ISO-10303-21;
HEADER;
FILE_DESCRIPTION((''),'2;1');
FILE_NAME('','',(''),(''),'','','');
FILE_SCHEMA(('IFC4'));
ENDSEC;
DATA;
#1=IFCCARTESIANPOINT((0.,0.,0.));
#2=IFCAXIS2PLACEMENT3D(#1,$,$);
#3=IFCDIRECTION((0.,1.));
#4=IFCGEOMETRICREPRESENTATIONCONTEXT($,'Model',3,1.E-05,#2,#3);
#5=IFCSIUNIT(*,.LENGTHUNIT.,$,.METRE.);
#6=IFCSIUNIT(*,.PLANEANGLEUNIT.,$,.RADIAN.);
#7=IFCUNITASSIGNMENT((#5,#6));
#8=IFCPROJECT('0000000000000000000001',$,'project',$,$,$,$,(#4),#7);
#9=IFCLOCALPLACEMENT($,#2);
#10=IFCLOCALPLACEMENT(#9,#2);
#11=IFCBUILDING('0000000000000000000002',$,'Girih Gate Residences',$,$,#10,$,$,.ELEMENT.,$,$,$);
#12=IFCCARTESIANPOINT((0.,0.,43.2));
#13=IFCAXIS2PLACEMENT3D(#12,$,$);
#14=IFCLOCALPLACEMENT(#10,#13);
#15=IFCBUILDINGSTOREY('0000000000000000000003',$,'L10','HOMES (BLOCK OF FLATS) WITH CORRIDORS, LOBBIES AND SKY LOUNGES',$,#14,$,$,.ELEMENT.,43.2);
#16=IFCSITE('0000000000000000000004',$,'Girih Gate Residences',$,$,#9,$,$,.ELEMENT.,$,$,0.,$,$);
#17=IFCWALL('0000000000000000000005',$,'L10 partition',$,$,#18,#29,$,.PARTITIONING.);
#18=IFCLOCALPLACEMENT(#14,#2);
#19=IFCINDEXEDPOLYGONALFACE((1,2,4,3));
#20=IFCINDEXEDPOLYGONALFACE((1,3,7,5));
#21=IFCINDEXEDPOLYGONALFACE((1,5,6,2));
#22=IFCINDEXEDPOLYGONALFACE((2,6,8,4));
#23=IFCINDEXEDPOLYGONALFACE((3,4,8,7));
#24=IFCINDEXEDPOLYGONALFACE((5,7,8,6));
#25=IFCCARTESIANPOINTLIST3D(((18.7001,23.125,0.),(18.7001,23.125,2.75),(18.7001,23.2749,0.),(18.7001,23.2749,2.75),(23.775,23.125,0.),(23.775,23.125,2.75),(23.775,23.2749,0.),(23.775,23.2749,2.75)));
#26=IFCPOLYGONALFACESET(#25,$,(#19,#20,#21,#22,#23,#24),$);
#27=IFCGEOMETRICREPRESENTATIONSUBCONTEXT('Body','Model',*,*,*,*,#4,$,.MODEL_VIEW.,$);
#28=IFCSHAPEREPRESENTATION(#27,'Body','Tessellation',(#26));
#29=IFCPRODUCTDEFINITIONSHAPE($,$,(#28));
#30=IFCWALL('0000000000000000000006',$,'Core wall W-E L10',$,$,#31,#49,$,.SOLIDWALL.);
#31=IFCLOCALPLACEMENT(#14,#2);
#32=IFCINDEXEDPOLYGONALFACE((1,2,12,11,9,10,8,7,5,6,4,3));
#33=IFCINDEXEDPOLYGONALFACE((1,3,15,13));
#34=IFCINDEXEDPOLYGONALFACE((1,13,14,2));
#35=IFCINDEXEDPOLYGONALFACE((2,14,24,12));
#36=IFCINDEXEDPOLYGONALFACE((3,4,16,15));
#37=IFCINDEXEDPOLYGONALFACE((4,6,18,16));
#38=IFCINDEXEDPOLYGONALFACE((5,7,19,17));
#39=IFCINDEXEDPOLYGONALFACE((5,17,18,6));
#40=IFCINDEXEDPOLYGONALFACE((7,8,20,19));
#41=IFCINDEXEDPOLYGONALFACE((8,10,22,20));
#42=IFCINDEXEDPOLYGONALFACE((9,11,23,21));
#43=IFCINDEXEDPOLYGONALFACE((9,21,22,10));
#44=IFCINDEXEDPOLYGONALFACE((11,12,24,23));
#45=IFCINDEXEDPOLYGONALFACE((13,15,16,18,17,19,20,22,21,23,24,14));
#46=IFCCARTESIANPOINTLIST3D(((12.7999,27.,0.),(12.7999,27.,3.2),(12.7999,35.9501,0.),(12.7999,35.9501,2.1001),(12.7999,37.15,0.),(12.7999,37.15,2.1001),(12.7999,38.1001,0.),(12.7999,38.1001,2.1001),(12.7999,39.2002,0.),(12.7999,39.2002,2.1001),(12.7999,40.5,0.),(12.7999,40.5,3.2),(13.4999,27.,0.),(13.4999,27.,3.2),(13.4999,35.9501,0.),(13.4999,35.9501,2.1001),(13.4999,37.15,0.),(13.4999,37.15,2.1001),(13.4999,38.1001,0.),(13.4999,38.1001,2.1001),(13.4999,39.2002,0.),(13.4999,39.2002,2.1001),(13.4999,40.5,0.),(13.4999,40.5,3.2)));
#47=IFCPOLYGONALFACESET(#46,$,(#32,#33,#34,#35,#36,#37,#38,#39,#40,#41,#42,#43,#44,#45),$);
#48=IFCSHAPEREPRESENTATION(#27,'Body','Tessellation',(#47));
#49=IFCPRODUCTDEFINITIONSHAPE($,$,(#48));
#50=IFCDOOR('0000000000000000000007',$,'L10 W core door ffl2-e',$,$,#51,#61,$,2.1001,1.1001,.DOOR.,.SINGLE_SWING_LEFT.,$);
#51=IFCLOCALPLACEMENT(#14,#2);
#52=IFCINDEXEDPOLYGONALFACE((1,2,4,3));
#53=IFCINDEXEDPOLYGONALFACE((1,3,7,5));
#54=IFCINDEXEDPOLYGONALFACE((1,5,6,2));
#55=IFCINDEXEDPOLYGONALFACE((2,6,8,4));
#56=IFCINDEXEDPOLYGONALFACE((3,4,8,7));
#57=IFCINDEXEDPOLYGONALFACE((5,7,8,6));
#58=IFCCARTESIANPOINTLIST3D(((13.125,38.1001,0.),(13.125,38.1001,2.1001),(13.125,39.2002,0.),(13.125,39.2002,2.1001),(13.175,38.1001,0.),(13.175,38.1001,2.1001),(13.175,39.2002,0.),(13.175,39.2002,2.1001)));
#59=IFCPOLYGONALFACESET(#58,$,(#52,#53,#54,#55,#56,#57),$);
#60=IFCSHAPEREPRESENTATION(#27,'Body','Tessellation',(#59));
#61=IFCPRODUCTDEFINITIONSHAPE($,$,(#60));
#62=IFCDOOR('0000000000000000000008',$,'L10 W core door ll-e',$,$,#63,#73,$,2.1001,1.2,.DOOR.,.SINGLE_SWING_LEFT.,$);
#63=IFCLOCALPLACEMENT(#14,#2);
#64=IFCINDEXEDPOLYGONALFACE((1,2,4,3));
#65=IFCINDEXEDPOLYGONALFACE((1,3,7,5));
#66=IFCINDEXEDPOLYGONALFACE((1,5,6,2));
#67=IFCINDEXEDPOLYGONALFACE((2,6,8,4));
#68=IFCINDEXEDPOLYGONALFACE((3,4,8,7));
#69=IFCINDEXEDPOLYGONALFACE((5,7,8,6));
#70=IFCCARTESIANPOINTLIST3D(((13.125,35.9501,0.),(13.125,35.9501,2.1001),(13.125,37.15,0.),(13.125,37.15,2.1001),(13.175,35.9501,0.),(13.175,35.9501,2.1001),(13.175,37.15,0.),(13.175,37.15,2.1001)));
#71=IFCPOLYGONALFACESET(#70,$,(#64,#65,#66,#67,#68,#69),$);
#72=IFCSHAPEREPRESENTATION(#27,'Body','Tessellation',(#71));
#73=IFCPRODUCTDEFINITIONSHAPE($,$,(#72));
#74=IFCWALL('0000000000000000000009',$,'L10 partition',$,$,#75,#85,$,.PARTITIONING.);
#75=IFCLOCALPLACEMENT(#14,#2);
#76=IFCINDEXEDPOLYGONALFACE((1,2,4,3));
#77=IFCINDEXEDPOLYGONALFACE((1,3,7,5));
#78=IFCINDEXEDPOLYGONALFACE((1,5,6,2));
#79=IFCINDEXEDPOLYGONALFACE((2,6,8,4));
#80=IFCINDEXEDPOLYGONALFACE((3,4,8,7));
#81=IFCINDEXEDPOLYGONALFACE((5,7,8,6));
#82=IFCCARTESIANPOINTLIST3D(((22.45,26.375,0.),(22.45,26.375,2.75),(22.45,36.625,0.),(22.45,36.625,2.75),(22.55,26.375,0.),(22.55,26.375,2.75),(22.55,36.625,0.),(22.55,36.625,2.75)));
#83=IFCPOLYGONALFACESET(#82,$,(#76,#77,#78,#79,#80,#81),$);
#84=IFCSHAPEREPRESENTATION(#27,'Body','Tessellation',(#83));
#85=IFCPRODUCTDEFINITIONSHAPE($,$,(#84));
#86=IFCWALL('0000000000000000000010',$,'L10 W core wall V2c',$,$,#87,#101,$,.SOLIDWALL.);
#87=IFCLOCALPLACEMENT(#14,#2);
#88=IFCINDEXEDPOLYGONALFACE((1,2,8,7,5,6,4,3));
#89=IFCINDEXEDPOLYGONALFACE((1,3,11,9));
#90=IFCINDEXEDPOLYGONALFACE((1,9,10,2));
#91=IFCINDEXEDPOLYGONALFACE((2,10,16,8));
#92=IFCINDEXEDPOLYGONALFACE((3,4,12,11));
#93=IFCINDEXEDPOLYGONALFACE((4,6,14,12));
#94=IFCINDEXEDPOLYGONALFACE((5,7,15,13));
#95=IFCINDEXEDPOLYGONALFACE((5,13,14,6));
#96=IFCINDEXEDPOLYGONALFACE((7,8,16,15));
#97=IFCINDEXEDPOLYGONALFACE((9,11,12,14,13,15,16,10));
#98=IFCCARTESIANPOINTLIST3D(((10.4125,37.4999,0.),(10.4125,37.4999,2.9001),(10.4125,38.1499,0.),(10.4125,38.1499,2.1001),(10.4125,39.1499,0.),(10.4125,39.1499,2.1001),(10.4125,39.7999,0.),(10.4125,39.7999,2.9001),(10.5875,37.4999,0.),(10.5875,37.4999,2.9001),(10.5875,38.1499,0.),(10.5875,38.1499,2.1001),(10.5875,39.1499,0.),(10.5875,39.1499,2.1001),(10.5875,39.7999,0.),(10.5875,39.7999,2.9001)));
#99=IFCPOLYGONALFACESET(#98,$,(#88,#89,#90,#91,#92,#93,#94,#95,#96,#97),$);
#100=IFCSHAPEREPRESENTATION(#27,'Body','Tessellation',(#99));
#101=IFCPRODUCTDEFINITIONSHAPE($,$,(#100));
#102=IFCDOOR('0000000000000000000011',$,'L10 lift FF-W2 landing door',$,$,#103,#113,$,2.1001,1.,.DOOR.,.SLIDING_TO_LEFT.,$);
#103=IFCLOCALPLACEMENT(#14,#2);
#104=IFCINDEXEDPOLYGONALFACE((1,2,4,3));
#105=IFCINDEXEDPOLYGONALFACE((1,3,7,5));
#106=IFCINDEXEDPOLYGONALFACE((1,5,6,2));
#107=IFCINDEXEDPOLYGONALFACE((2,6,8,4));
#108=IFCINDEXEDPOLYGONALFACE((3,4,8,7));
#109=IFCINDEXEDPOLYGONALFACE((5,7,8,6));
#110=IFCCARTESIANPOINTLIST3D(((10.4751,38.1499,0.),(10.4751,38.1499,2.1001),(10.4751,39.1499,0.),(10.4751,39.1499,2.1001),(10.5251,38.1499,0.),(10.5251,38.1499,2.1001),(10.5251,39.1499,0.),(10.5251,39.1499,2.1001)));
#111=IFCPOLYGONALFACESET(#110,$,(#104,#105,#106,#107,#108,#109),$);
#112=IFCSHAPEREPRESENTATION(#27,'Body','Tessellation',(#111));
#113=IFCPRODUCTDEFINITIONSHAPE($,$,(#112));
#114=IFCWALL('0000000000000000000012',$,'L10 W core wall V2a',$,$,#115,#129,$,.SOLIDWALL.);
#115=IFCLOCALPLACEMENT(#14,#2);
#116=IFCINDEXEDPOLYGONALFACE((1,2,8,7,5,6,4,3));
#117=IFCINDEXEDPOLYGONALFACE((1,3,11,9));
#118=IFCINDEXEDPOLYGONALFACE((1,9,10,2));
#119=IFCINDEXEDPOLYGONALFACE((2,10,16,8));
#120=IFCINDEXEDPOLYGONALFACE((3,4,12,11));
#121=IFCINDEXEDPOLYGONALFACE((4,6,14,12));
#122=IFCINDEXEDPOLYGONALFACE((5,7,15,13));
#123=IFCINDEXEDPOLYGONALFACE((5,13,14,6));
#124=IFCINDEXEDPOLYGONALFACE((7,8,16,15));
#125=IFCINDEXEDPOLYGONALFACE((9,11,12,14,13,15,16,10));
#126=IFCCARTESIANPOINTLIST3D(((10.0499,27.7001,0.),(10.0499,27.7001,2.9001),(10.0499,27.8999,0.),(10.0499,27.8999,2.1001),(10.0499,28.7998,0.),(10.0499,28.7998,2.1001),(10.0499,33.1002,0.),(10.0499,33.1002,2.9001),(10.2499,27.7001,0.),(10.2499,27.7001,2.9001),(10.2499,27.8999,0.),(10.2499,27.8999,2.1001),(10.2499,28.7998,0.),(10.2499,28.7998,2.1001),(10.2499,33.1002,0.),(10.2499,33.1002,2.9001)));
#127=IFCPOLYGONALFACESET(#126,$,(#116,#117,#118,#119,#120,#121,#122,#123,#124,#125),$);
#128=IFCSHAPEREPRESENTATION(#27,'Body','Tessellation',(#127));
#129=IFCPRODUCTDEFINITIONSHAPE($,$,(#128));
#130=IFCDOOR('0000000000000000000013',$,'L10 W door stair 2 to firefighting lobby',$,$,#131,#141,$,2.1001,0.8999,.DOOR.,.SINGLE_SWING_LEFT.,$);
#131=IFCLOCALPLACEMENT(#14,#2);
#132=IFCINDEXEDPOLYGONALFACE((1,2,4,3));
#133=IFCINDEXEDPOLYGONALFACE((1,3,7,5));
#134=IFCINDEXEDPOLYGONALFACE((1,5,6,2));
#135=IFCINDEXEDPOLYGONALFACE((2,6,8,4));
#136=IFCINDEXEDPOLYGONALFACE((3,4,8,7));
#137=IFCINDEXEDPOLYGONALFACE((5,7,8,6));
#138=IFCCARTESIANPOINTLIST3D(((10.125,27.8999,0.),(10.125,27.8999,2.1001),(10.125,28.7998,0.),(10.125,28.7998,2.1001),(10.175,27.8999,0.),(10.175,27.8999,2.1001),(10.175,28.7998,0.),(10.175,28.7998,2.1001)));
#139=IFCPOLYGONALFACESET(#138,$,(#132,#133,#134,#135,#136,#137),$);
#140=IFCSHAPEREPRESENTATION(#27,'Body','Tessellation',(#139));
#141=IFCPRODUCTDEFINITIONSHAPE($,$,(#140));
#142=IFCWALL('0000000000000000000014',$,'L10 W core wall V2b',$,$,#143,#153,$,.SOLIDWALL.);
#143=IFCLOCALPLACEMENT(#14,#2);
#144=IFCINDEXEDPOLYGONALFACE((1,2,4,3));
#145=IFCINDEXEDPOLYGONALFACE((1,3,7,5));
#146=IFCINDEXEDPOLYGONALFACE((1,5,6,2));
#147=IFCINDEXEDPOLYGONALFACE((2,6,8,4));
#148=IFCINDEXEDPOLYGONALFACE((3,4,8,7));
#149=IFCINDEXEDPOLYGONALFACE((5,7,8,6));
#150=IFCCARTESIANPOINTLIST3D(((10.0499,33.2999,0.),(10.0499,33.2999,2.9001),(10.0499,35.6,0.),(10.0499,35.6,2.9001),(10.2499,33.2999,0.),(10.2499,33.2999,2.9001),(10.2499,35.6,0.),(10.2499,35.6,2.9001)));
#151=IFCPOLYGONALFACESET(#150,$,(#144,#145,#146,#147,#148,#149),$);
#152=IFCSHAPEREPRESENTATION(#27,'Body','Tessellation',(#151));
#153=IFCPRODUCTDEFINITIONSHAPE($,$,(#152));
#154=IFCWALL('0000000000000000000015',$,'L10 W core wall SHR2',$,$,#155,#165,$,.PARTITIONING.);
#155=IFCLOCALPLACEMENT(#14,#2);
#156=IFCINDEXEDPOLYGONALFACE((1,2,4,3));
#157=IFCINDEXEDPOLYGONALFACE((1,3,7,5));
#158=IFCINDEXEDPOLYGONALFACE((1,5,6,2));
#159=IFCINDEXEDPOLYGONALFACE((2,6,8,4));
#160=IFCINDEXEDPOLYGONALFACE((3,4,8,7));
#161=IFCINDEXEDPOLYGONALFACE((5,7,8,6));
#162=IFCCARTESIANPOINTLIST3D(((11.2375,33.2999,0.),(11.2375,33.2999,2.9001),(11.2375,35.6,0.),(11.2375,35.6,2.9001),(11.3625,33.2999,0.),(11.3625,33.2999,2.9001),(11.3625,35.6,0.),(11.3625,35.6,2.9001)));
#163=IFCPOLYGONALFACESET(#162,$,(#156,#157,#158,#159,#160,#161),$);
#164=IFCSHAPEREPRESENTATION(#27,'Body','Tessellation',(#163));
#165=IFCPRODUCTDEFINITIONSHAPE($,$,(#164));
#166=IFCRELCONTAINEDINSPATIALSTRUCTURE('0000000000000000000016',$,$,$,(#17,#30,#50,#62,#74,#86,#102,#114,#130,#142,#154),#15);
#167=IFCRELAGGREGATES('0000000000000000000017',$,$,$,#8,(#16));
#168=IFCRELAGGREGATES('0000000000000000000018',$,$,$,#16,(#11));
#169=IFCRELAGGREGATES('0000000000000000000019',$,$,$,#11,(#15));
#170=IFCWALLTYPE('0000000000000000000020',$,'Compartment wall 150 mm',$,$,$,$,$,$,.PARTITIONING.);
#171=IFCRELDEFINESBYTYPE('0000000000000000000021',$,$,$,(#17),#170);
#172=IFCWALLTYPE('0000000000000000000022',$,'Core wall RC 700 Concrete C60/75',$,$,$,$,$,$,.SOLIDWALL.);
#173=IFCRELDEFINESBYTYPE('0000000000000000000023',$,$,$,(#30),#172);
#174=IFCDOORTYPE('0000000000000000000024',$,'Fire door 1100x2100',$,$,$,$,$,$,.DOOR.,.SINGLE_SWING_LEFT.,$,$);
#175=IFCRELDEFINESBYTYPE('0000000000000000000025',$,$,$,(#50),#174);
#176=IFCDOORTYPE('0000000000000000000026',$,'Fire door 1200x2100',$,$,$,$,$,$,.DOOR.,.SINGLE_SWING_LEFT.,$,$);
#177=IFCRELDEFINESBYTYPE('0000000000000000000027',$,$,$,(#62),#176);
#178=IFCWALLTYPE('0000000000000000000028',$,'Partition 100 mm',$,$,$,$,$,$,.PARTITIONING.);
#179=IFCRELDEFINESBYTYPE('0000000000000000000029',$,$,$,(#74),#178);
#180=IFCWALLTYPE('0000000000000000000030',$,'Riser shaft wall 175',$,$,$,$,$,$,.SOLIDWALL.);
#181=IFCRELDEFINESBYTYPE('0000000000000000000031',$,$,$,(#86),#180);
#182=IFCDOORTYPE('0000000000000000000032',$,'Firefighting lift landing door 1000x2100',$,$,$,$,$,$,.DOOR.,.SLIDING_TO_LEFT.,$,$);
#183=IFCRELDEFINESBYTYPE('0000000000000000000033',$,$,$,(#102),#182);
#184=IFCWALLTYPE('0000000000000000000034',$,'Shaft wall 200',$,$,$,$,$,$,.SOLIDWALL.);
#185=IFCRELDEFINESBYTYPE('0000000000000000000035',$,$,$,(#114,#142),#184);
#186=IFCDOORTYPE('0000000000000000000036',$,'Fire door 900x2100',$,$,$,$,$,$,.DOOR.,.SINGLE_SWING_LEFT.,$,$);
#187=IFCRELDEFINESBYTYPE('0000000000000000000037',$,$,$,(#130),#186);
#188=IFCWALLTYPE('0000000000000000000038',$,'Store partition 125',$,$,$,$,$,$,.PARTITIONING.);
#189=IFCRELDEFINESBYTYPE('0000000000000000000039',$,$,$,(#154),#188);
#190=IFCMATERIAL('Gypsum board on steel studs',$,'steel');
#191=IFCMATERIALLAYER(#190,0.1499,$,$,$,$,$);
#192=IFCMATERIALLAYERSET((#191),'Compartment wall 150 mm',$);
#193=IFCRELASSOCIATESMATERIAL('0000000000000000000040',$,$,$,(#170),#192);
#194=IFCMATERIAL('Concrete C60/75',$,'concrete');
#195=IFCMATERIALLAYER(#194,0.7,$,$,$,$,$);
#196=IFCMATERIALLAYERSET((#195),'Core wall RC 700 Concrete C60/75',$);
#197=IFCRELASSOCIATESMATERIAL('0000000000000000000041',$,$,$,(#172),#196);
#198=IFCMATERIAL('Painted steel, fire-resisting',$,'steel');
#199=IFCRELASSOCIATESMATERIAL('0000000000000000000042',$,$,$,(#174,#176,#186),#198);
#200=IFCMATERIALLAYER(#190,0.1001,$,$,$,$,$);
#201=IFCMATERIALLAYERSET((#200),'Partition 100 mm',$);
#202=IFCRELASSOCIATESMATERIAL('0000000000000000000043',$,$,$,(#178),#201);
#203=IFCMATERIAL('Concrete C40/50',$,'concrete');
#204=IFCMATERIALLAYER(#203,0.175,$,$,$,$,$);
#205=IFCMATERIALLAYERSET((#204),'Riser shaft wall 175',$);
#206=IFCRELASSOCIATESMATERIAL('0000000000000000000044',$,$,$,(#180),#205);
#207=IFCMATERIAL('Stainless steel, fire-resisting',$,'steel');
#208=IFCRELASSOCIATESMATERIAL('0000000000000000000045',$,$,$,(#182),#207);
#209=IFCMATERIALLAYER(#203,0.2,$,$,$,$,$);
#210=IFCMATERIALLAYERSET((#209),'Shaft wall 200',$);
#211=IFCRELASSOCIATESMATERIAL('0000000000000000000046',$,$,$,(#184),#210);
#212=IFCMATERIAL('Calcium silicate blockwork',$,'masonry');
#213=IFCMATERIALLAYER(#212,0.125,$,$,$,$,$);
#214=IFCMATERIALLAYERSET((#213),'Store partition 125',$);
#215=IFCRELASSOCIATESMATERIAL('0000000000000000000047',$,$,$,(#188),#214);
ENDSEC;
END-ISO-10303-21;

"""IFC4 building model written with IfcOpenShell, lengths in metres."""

from ifc_helpers import new_model, si_unit, direction, frame, frame_2d, origin, place, context, subcontext, project, spatial, rectangle, extrude, material, layer, layer_set, type_object, element, fill, save


model = new_model("IFC4")

# Units and contexts
model_context = context("Model", 3, precision=1e-05, world=origin(), true_north=direction((0.0, 1.0)))
body_context = subcontext(model_context, "Body", "Model", "MODEL_VIEW")
ifc_project = project(units=[si_unit("LENGTHUNIT", "METRE"), si_unit("PLANEANGLEUNIT", "RADIAN")], contexts=[model_context])

# Site, building, storey
site_placement = place(None, origin())
site = spatial("IfcSite", under=ifc_project, at=site_placement, Name="Girih Gate Residences", CompositionType="ELEMENT", RefElevation=0.0)
building_placement = place(site_placement, origin())
building = spatial("IfcBuilding", under=site, at=building_placement, Name="Girih Gate Residences", CompositionType="ELEMENT")
storey_placement = place(building_placement, frame((0.0, 0.0, 43.2)))
storey = spatial("IfcBuildingStorey", under=building, at=storey_placement, Name="L10", Description="HOMES (BLOCK OF FLATS) WITH CORRIDORS, LOBBIES AND SKY LOUNGES", CompositionType="ELEMENT", Elevation=43.2)

# Shared definitions
ifc_material_1 = material(Name="Concrete C60/75", Category="concrete")

# Shared definitions
ifc_material_2 = material(Name="Gypsum board on steel studs", Category="steel")
ifc_layer_1 = layer(ifc_material_2, 0.1499)
ifc_layer_set_1 = layer_set([ifc_layer_1], Name="Compartment wall 150 mm")
wall_type_1 = type_object("IfcWallType", Name="Compartment wall 150 mm", PredefinedType="PARTITIONING", material=ifc_layer_set_1)

# Wall
wall_1_placement = place(storey_placement, frame((18.7, 23.2, 0.0), z_axis=(0.0, 0.0, 1.0), x_axis=(1.0, 0.0, 0.0)))
element("IfcWall", 1, at=wall_1_placement, inside=storey, type_object=wall_type_1, Name="L10 partition", PredefinedType="PARTITIONING", context=body_context, shape_type="SweptSolid", body=[
    extrude(rectangle(XDim=5.075, YDim=0.1499, at=frame_2d((2.5376, 0.0))), origin(), (0.0, 0.0, 1.0), 2.75),
])

# Wall, openings, doors
ifc_layer_2 = layer(ifc_material_1, 0.7)
ifc_layer_set_2 = layer_set([ifc_layer_2], Name="Core wall RC 700 Concrete C60/75")
wall_type_2 = type_object("IfcWallType", Name="Core wall RC 700 Concrete C60/75", PredefinedType="SOLIDWALL", material=ifc_layer_set_2)
wall_2_placement = place(storey_placement, frame((13.1499, 27.0, 0.0), z_axis=(0.0, 0.0, 1.0), x_axis=(0.0, 1.0, 0.0)))
wall_2 = element("IfcWall", 2, at=wall_2_placement, inside=storey, type_object=wall_type_2, Name="Core wall W-E L10", PredefinedType="SOLIDWALL", context=body_context, shape_type="SweptSolid", body=[
    extrude(rectangle(XDim=13.5, YDim=0.7, at=frame_2d((6.75, 0.0))), origin(), (0.0, 0.0, 1.0), 3.2),
])
opening_1_placement = place(wall_2_placement, frame((11.1001, 0.0, 0.0)))
opening_1 = element("IfcOpeningElement", 3, at=opening_1_placement, cuts=wall_2, PredefinedType="OPENING", context=body_context, shape_type="SweptSolid", body=[
    extrude(rectangle(XDim=1.1001, YDim=2.1001, at=frame_2d((0.55, 1.05))), frame((0.0, 0.3599, 0.0), z_axis=(0.0, -1.0, 0.0), x_axis=(1.0, 0.0, 0.0)), (0.0, 0.0, 1.0), 0.72),
])
opening_2_placement = place(wall_2_placement, frame((8.95, 0.0, 0.0)))
opening_2 = element("IfcOpeningElement", 4, at=opening_2_placement, cuts=wall_2, PredefinedType="OPENING", context=body_context, shape_type="SweptSolid", body=[
    extrude(rectangle(XDim=1.2, YDim=2.1001, at=frame_2d((0.6001, 1.05))), frame((0.0, 0.3599, 0.0), z_axis=(0.0, -1.0, 0.0), x_axis=(1.0, 0.0, 0.0)), (0.0, 0.0, 1.0), 0.72),
])
ifc_material_3 = material(Name="Painted steel, fire-resisting", Category="steel")
door_type_1 = type_object("IfcDoorType", Name="Fire door 1100x2100", OperationType="SINGLE_SWING_LEFT", PredefinedType="DOOR", material=ifc_material_3)
door_1_placement = place(opening_1_placement, origin())
door_1 = element("IfcDoor", 5, at=door_1_placement, inside=storey, type_object=door_type_1, Name="L10 W core door ffl2-e", OperationType="SINGLE_SWING_LEFT", OverallHeight=2.1001, OverallWidth=1.1001, PredefinedType="DOOR", context=body_context, shape_type="SweptSolid", body=[
    extrude(rectangle(XDim=1.1001, YDim=2.1001, at=frame_2d((0.55, 1.05))), frame((0.0, 0.0249, 0.0), z_axis=(0.0, -1.0, 0.0), x_axis=(1.0, 0.0, 0.0)), (0.0, 0.0, 1.0), 0.05),
])
fill(opening_1, door_1)
door_type_2 = type_object("IfcDoorType", Name="Fire door 1200x2100", OperationType="SINGLE_SWING_LEFT", PredefinedType="DOOR", material=ifc_material_3)
door_2_placement = place(opening_2_placement, origin())
door_2 = element("IfcDoor", 6, at=door_2_placement, inside=storey, type_object=door_type_2, Name="L10 W core door ll-e", OperationType="SINGLE_SWING_LEFT", OverallHeight=2.1001, OverallWidth=1.2, PredefinedType="DOOR", context=body_context, shape_type="SweptSolid", body=[
    extrude(rectangle(XDim=1.2, YDim=2.1001, at=frame_2d((0.6001, 1.05))), frame((0.0, 0.0249, 0.0), z_axis=(0.0, -1.0, 0.0), x_axis=(1.0, 0.0, 0.0)), (0.0, 0.0, 1.0), 0.05),
])
fill(opening_2, door_2)

# Wall
ifc_layer_3 = layer(ifc_material_2, 0.1001)
ifc_layer_set_3 = layer_set([ifc_layer_3], Name="Partition 100 mm")
wall_type_3 = type_object("IfcWallType", Name="Partition 100 mm", PredefinedType="PARTITIONING", material=ifc_layer_set_3)
wall_3_placement = place(storey_placement, frame((22.5, 26.375, 0.0), z_axis=(0.0, 0.0, 1.0), x_axis=(0.0, 1.0, 0.0)))
element("IfcWall", 7, at=wall_3_placement, inside=storey, type_object=wall_type_3, Name="L10 partition", PredefinedType="PARTITIONING", context=body_context, shape_type="SweptSolid", body=[
    extrude(rectangle(XDim=10.25, YDim=0.1001, at=frame_2d((5.125, 0.0))), origin(), (0.0, 0.0, 1.0), 2.75),
])

# Walls, openings, doors
ifc_material_4 = material(Name="Concrete C40/50", Category="concrete")
ifc_layer_4 = layer(ifc_material_4, 0.175)
ifc_layer_set_4 = layer_set([ifc_layer_4], Name="Riser shaft wall 175")
wall_type_4 = type_object("IfcWallType", Name="Riser shaft wall 175", PredefinedType="SOLIDWALL", material=ifc_layer_set_4)
wall_4_placement = place(storey_placement, frame((10.5, 37.5, 0.0), z_axis=(0.0, 0.0, 1.0), x_axis=(0.0, 1.0, 0.0)))
wall_4 = element("IfcWall", 8, at=wall_4_placement, inside=storey, type_object=wall_type_4, Name="L10 W core wall V2c", PredefinedType="SOLIDWALL", context=body_context, shape_type="SweptSolid", body=[
    extrude(rectangle(XDim=2.3, YDim=0.175, at=frame_2d((1.1499, 0.0))), origin(), (0.0, 0.0, 1.0), 2.9001),
])
opening_3_placement = place(wall_4_placement, frame((0.6499, 0.0, 0.0)))
opening_3 = element("IfcOpeningElement", 9, at=opening_3_placement, cuts=wall_4, PredefinedType="OPENING", context=body_context, shape_type="SweptSolid", body=[
    extrude(rectangle(XDim=1.0, YDim=2.1001, at=frame_2d((0.5, 1.05))), frame((0.0, 0.0974, 0.0), z_axis=(0.0, -1.0, 0.0), x_axis=(1.0, 0.0, 0.0)), (0.0, 0.0, 1.0), 0.1951),
])
ifc_material_5 = material(Name="Stainless steel, fire-resisting", Category="steel")
door_type_3 = type_object("IfcDoorType", Name="Firefighting lift landing door 1000x2100", OperationType="SLIDING_TO_LEFT", PredefinedType="DOOR", material=ifc_material_5)
door_3_placement = place(opening_3_placement, origin())
door_3 = element("IfcDoor", 10, at=door_3_placement, inside=storey, type_object=door_type_3, Name="L10 lift FF-W2 landing door", OperationType="SLIDING_TO_LEFT", OverallHeight=2.1001, OverallWidth=1.0, PredefinedType="DOOR", context=body_context, shape_type="SweptSolid", body=[
    extrude(rectangle(XDim=1.0, YDim=2.1001, at=frame_2d((0.5, 1.05))), frame((0.0, 0.0249, 0.0), z_axis=(0.0, -1.0, 0.0), x_axis=(1.0, 0.0, 0.0)), (0.0, 0.0, 1.0), 0.05),
])
fill(opening_3, door_3)
ifc_layer_5 = layer(ifc_material_4, 0.2)
ifc_layer_set_5 = layer_set([ifc_layer_5], Name="Shaft wall 200")
wall_type_5 = type_object("IfcWallType", Name="Shaft wall 200", PredefinedType="SOLIDWALL", material=ifc_layer_set_5)
wall_5_placement = place(storey_placement, frame((10.1499, 27.7, 0.0), z_axis=(0.0, 0.0, 1.0), x_axis=(0.0, 1.0, 0.0)))
wall_5 = element("IfcWall", 11, at=wall_5_placement, inside=storey, type_object=wall_type_5, Name="L10 W core wall V2a", PredefinedType="SOLIDWALL", context=body_context, shape_type="SweptSolid", body=[
    extrude(rectangle(XDim=5.4001, YDim=0.2, at=frame_2d((2.7002, 0.0))), origin(), (0.0, 0.0, 1.0), 2.9001),
])
opening_4_placement = place(wall_5_placement, frame((0.2, 0.0, 0.0)))
opening_4 = element("IfcOpeningElement", 12, at=opening_4_placement, cuts=wall_5, PredefinedType="OPENING", context=body_context, shape_type="SweptSolid", body=[
    extrude(rectangle(XDim=0.8999, YDim=2.1001, at=frame_2d((0.45, 1.05))), frame((0.0, 0.1099, 0.0), z_axis=(0.0, -1.0, 0.0), x_axis=(1.0, 0.0, 0.0)), (0.0, 0.0, 1.0), 0.22),
])
door_type_4 = type_object("IfcDoorType", Name="Fire door 900x2100", OperationType="SINGLE_SWING_LEFT", PredefinedType="DOOR", material=ifc_material_3)
door_4_placement = place(opening_4_placement, origin())
door_4 = element("IfcDoor", 13, at=door_4_placement, inside=storey, type_object=door_type_4, Name="L10 W door stair 2 to firefighting lobby", OperationType="SINGLE_SWING_LEFT", OverallHeight=2.1001, OverallWidth=0.8999, PredefinedType="DOOR", context=body_context, shape_type="SweptSolid", body=[
    extrude(rectangle(XDim=0.8999, YDim=2.1001, at=frame_2d((0.45, 1.05))), frame((0.0, 0.0249, 0.0), z_axis=(0.0, -1.0, 0.0), x_axis=(1.0, 0.0, 0.0)), (0.0, 0.0, 1.0), 0.05),
])
fill(opening_4, door_4)

# Walls
wall_6_placement = place(storey_placement, frame((10.1499, 33.3, 0.0), z_axis=(0.0, 0.0, 1.0), x_axis=(0.0, 1.0, 0.0)))
element("IfcWall", 14, at=wall_6_placement, inside=storey, type_object=wall_type_5, Name="L10 W core wall V2b", PredefinedType="SOLIDWALL", context=body_context, shape_type="SweptSolid", body=[
    extrude(rectangle(XDim=2.3, YDim=0.2, at=frame_2d((1.1499, 0.0))), origin(), (0.0, 0.0, 1.0), 2.9001),
])
ifc_material_6 = material(Name="Calcium silicate blockwork", Category="masonry")
ifc_layer_6 = layer(ifc_material_6, 0.125)
ifc_layer_set_6 = layer_set([ifc_layer_6], Name="Store partition 125")
wall_type_6 = type_object("IfcWallType", Name="Store partition 125", PredefinedType="PARTITIONING", material=ifc_layer_set_6)
wall_7_placement = place(storey_placement, frame((11.3, 33.3, 0.0), z_axis=(0.0, 0.0, 1.0), x_axis=(0.0, 1.0, 0.0)))
element("IfcWall", 15, at=wall_7_placement, inside=storey, type_object=wall_type_6, Name="L10 W core wall SHR2", PredefinedType="PARTITIONING", context=body_context, shape_type="SweptSolid", body=[
    extrude(rectangle(XDim=2.3, YDim=0.125, at=frame_2d((1.1499, 0.0))), origin(), (0.0, 0.0, 1.0), 2.9001),
])

save(model, "model.ifc")
